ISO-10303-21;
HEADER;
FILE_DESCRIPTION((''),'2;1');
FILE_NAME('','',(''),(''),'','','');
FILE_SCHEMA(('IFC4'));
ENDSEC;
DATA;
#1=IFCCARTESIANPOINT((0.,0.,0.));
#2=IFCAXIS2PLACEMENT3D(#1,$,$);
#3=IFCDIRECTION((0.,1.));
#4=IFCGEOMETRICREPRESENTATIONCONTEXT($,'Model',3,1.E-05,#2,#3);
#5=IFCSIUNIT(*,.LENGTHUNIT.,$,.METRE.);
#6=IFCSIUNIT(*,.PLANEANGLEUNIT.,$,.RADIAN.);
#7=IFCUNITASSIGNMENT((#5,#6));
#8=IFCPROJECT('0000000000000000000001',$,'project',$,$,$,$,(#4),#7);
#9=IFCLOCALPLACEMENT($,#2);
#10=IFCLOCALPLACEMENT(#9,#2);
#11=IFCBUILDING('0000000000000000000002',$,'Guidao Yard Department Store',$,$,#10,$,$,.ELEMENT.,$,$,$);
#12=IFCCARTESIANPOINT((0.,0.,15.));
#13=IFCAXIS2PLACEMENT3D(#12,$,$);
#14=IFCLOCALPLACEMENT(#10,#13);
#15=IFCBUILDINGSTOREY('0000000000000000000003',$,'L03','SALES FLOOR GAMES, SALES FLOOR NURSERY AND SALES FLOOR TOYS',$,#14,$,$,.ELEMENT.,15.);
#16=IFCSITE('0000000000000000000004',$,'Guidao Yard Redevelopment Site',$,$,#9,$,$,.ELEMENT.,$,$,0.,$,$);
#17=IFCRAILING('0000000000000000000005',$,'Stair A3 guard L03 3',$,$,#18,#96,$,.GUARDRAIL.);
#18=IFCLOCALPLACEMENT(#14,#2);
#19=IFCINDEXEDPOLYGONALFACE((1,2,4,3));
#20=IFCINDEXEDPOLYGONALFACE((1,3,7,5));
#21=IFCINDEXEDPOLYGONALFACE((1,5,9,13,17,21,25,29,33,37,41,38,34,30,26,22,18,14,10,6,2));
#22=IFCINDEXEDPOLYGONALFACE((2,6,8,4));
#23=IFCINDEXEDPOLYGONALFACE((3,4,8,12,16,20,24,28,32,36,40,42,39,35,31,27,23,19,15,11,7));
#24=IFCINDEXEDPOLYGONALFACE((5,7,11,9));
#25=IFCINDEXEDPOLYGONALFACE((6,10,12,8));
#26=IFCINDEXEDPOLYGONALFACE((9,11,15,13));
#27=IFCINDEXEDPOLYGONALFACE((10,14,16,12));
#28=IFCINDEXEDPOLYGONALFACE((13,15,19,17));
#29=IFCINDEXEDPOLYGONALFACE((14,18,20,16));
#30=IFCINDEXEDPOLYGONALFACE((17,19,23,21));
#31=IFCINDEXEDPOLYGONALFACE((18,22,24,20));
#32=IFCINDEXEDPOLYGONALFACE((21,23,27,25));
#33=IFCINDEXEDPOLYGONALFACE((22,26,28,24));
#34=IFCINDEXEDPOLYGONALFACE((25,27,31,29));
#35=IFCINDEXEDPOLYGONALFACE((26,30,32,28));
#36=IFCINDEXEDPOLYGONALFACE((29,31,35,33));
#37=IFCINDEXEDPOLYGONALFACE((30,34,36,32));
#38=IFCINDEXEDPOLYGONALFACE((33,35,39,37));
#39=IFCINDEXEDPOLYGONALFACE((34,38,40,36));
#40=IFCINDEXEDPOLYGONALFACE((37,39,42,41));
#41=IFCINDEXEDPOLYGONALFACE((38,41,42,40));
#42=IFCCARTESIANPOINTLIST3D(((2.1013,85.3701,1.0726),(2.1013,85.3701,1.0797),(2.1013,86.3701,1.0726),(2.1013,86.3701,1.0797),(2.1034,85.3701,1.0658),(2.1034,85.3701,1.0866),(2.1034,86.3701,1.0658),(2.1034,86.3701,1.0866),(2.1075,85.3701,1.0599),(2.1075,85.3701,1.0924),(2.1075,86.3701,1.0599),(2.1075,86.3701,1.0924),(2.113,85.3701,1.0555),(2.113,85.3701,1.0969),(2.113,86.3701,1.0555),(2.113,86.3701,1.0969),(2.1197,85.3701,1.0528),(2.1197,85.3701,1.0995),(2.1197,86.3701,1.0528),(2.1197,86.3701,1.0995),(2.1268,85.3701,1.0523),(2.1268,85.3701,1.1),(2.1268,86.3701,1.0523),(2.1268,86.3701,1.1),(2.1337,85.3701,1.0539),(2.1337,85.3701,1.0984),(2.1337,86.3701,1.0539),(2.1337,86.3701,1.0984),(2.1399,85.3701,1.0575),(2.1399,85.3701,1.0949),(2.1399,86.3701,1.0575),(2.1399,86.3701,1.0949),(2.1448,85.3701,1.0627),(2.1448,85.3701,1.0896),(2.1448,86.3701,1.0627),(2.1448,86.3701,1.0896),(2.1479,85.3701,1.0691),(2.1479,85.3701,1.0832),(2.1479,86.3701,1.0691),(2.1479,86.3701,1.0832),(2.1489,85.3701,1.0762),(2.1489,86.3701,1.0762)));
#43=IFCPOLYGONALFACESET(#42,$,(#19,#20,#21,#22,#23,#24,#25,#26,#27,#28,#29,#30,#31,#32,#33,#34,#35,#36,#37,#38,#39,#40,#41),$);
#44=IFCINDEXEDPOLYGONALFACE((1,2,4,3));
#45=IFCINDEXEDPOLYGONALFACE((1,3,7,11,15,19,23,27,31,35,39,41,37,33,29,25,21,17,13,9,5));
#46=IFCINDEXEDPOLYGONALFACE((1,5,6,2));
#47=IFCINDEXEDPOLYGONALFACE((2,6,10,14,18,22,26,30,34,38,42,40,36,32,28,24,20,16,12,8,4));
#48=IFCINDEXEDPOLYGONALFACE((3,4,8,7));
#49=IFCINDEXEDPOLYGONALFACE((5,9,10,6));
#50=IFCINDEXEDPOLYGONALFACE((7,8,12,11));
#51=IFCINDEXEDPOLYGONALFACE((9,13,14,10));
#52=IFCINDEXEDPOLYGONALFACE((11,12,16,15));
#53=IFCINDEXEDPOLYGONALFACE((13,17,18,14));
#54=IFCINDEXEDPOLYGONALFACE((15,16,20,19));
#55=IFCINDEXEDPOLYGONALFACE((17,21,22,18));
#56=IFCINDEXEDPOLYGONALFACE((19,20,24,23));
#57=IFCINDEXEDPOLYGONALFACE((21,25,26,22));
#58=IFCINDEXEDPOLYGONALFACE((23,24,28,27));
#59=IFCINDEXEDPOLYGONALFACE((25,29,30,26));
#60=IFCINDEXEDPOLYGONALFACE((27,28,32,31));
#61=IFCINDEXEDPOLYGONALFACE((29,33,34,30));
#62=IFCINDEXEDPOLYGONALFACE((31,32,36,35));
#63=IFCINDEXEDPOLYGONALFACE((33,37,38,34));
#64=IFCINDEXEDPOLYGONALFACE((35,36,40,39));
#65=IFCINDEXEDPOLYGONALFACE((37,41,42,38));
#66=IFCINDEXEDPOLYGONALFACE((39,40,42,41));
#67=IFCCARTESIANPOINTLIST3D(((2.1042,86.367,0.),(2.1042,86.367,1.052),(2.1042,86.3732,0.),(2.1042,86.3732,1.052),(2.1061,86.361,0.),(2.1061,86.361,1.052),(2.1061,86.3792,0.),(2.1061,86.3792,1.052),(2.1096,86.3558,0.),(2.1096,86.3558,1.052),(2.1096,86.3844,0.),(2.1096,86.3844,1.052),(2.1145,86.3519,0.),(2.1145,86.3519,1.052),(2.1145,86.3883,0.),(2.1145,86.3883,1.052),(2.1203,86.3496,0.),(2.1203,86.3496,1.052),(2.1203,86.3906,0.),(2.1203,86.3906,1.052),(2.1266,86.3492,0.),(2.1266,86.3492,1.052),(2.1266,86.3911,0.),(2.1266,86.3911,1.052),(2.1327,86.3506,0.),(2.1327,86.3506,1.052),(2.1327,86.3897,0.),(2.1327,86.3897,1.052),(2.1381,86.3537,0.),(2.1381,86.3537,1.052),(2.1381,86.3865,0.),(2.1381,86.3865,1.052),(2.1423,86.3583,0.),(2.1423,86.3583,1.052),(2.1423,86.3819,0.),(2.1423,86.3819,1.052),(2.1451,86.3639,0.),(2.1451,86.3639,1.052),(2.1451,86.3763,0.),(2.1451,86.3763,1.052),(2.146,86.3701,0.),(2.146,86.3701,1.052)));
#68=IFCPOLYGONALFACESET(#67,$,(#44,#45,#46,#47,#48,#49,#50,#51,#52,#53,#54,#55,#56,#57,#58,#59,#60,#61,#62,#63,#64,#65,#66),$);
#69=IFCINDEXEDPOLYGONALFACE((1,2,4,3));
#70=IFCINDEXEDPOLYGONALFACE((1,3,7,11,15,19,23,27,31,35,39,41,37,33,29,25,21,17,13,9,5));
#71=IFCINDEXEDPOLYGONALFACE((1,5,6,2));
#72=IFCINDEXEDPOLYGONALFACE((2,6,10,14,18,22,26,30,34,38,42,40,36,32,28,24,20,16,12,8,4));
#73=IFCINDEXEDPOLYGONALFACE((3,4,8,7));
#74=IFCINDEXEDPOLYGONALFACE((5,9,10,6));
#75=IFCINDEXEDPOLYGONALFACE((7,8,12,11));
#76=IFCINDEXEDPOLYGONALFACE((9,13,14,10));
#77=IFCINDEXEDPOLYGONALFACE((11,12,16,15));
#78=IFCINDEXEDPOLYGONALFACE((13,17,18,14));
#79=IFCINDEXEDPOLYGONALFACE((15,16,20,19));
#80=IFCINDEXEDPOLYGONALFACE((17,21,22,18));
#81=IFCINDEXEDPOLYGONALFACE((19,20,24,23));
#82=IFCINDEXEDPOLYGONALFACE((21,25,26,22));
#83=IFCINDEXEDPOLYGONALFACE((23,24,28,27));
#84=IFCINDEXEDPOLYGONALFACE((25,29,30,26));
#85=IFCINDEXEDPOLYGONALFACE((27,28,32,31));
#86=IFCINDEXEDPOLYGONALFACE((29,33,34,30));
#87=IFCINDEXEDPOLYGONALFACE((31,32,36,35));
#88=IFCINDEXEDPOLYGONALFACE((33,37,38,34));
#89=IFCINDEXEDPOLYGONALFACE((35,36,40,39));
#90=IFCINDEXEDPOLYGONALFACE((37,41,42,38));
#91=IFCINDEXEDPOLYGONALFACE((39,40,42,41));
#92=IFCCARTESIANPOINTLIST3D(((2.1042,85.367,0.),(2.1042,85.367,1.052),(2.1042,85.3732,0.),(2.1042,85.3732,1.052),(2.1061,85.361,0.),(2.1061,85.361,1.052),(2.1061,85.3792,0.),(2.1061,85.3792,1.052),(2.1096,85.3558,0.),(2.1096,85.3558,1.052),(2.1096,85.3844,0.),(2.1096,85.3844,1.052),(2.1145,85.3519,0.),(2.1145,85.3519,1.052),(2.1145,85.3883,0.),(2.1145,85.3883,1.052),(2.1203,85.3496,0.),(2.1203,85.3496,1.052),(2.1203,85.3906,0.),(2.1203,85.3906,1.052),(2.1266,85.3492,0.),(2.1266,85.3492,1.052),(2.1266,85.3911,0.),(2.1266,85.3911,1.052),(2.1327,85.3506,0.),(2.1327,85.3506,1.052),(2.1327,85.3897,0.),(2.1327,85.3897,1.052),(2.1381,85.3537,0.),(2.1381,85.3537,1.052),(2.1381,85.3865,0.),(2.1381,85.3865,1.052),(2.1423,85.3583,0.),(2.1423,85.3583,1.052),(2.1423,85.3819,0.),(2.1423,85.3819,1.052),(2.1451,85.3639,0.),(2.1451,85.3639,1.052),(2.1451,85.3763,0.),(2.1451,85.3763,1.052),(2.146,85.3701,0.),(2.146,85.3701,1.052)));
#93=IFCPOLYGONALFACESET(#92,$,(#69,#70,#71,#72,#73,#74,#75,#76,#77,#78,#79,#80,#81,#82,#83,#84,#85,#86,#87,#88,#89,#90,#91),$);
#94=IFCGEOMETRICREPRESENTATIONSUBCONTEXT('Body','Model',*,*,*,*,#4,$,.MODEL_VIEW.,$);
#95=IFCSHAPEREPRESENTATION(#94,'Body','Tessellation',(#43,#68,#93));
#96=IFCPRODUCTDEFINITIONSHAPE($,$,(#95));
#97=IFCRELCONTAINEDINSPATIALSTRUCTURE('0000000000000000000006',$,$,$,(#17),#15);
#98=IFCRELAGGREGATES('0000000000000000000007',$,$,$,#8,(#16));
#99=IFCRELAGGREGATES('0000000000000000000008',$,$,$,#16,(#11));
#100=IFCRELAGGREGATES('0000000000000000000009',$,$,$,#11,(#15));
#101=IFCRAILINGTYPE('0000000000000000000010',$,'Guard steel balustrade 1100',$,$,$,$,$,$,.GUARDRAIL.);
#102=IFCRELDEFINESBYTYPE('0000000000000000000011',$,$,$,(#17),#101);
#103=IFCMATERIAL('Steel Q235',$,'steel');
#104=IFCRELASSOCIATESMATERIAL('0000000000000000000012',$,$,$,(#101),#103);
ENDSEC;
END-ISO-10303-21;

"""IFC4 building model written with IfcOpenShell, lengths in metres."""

from ifc_helpers import new_model, si_unit, direction, frame, origin, origin_2d, place, context, subcontext, project, spatial, circle, extrude, material, type_object, element, save


model = new_model("IFC4")

# Units and contexts
model_context = context("Model", 3, precision=1e-05, world=origin(), true_north=direction((0.0, 1.0)))
body_context = subcontext(model_context, "Body", "Model", "MODEL_VIEW")
ifc_project = project(units=[si_unit("LENGTHUNIT", "METRE"), si_unit("PLANEANGLEUNIT", "RADIAN")], contexts=[model_context])

# Site, building, storey
site_placement = place(None, origin())
site = spatial("IfcSite", under=ifc_project, at=site_placement, Name="Guidao Yard Redevelopment Site", CompositionType="ELEMENT", RefElevation=0.0)
building_placement = place(site_placement, origin())
building = spatial("IfcBuilding", under=site, at=building_placement, Name="Guidao Yard Department Store", CompositionType="ELEMENT")
storey_placement = place(building_placement, frame((0.0, 0.0, 15.0)))
storey = spatial("IfcBuildingStorey", under=building, at=storey_placement, Name="L03", Description="SALES FLOOR GAMES, SALES FLOOR NURSERY AND SALES FLOOR TOYS", CompositionType="ELEMENT", Elevation=15.0)

# Railing
ifc_material_1 = material(Name="Steel Q235", Category="steel")
railing_type_1 = type_object("IfcRailingType", Name="Guard steel balustrade 1100", PredefinedType="GUARDRAIL", material=ifc_material_1)
railing_1_placement = place(storey_placement, frame((2.125, 86.3701, 0.0)))
element("IfcRailing", 1, at=railing_1_placement, inside=storey, type_object=railing_type_1, Name="Stair A3 guard L03 3", PredefinedType="GUARDRAIL", context=body_context, shape_type="SweptSolid", body=[
    extrude(circle(Radius=0.0239, at=origin_2d()), frame((0.0, 0.0, 1.0762), z_axis=(0.0, -1.0, 0.0), x_axis=(1.0, 0.0, 0.0)), (0.0, 0.0, 1.0), 1.0),
    extrude(circle(Radius=0.021, at=origin_2d()), origin(), (0.0, 0.0, 1.0), 1.052),
    extrude(circle(Radius=0.021, at=origin_2d()), frame((0.0, -1.0, 0.0)), (0.0, 0.0, 1.0), 1.052),
])

save(model, "model.ifc")
